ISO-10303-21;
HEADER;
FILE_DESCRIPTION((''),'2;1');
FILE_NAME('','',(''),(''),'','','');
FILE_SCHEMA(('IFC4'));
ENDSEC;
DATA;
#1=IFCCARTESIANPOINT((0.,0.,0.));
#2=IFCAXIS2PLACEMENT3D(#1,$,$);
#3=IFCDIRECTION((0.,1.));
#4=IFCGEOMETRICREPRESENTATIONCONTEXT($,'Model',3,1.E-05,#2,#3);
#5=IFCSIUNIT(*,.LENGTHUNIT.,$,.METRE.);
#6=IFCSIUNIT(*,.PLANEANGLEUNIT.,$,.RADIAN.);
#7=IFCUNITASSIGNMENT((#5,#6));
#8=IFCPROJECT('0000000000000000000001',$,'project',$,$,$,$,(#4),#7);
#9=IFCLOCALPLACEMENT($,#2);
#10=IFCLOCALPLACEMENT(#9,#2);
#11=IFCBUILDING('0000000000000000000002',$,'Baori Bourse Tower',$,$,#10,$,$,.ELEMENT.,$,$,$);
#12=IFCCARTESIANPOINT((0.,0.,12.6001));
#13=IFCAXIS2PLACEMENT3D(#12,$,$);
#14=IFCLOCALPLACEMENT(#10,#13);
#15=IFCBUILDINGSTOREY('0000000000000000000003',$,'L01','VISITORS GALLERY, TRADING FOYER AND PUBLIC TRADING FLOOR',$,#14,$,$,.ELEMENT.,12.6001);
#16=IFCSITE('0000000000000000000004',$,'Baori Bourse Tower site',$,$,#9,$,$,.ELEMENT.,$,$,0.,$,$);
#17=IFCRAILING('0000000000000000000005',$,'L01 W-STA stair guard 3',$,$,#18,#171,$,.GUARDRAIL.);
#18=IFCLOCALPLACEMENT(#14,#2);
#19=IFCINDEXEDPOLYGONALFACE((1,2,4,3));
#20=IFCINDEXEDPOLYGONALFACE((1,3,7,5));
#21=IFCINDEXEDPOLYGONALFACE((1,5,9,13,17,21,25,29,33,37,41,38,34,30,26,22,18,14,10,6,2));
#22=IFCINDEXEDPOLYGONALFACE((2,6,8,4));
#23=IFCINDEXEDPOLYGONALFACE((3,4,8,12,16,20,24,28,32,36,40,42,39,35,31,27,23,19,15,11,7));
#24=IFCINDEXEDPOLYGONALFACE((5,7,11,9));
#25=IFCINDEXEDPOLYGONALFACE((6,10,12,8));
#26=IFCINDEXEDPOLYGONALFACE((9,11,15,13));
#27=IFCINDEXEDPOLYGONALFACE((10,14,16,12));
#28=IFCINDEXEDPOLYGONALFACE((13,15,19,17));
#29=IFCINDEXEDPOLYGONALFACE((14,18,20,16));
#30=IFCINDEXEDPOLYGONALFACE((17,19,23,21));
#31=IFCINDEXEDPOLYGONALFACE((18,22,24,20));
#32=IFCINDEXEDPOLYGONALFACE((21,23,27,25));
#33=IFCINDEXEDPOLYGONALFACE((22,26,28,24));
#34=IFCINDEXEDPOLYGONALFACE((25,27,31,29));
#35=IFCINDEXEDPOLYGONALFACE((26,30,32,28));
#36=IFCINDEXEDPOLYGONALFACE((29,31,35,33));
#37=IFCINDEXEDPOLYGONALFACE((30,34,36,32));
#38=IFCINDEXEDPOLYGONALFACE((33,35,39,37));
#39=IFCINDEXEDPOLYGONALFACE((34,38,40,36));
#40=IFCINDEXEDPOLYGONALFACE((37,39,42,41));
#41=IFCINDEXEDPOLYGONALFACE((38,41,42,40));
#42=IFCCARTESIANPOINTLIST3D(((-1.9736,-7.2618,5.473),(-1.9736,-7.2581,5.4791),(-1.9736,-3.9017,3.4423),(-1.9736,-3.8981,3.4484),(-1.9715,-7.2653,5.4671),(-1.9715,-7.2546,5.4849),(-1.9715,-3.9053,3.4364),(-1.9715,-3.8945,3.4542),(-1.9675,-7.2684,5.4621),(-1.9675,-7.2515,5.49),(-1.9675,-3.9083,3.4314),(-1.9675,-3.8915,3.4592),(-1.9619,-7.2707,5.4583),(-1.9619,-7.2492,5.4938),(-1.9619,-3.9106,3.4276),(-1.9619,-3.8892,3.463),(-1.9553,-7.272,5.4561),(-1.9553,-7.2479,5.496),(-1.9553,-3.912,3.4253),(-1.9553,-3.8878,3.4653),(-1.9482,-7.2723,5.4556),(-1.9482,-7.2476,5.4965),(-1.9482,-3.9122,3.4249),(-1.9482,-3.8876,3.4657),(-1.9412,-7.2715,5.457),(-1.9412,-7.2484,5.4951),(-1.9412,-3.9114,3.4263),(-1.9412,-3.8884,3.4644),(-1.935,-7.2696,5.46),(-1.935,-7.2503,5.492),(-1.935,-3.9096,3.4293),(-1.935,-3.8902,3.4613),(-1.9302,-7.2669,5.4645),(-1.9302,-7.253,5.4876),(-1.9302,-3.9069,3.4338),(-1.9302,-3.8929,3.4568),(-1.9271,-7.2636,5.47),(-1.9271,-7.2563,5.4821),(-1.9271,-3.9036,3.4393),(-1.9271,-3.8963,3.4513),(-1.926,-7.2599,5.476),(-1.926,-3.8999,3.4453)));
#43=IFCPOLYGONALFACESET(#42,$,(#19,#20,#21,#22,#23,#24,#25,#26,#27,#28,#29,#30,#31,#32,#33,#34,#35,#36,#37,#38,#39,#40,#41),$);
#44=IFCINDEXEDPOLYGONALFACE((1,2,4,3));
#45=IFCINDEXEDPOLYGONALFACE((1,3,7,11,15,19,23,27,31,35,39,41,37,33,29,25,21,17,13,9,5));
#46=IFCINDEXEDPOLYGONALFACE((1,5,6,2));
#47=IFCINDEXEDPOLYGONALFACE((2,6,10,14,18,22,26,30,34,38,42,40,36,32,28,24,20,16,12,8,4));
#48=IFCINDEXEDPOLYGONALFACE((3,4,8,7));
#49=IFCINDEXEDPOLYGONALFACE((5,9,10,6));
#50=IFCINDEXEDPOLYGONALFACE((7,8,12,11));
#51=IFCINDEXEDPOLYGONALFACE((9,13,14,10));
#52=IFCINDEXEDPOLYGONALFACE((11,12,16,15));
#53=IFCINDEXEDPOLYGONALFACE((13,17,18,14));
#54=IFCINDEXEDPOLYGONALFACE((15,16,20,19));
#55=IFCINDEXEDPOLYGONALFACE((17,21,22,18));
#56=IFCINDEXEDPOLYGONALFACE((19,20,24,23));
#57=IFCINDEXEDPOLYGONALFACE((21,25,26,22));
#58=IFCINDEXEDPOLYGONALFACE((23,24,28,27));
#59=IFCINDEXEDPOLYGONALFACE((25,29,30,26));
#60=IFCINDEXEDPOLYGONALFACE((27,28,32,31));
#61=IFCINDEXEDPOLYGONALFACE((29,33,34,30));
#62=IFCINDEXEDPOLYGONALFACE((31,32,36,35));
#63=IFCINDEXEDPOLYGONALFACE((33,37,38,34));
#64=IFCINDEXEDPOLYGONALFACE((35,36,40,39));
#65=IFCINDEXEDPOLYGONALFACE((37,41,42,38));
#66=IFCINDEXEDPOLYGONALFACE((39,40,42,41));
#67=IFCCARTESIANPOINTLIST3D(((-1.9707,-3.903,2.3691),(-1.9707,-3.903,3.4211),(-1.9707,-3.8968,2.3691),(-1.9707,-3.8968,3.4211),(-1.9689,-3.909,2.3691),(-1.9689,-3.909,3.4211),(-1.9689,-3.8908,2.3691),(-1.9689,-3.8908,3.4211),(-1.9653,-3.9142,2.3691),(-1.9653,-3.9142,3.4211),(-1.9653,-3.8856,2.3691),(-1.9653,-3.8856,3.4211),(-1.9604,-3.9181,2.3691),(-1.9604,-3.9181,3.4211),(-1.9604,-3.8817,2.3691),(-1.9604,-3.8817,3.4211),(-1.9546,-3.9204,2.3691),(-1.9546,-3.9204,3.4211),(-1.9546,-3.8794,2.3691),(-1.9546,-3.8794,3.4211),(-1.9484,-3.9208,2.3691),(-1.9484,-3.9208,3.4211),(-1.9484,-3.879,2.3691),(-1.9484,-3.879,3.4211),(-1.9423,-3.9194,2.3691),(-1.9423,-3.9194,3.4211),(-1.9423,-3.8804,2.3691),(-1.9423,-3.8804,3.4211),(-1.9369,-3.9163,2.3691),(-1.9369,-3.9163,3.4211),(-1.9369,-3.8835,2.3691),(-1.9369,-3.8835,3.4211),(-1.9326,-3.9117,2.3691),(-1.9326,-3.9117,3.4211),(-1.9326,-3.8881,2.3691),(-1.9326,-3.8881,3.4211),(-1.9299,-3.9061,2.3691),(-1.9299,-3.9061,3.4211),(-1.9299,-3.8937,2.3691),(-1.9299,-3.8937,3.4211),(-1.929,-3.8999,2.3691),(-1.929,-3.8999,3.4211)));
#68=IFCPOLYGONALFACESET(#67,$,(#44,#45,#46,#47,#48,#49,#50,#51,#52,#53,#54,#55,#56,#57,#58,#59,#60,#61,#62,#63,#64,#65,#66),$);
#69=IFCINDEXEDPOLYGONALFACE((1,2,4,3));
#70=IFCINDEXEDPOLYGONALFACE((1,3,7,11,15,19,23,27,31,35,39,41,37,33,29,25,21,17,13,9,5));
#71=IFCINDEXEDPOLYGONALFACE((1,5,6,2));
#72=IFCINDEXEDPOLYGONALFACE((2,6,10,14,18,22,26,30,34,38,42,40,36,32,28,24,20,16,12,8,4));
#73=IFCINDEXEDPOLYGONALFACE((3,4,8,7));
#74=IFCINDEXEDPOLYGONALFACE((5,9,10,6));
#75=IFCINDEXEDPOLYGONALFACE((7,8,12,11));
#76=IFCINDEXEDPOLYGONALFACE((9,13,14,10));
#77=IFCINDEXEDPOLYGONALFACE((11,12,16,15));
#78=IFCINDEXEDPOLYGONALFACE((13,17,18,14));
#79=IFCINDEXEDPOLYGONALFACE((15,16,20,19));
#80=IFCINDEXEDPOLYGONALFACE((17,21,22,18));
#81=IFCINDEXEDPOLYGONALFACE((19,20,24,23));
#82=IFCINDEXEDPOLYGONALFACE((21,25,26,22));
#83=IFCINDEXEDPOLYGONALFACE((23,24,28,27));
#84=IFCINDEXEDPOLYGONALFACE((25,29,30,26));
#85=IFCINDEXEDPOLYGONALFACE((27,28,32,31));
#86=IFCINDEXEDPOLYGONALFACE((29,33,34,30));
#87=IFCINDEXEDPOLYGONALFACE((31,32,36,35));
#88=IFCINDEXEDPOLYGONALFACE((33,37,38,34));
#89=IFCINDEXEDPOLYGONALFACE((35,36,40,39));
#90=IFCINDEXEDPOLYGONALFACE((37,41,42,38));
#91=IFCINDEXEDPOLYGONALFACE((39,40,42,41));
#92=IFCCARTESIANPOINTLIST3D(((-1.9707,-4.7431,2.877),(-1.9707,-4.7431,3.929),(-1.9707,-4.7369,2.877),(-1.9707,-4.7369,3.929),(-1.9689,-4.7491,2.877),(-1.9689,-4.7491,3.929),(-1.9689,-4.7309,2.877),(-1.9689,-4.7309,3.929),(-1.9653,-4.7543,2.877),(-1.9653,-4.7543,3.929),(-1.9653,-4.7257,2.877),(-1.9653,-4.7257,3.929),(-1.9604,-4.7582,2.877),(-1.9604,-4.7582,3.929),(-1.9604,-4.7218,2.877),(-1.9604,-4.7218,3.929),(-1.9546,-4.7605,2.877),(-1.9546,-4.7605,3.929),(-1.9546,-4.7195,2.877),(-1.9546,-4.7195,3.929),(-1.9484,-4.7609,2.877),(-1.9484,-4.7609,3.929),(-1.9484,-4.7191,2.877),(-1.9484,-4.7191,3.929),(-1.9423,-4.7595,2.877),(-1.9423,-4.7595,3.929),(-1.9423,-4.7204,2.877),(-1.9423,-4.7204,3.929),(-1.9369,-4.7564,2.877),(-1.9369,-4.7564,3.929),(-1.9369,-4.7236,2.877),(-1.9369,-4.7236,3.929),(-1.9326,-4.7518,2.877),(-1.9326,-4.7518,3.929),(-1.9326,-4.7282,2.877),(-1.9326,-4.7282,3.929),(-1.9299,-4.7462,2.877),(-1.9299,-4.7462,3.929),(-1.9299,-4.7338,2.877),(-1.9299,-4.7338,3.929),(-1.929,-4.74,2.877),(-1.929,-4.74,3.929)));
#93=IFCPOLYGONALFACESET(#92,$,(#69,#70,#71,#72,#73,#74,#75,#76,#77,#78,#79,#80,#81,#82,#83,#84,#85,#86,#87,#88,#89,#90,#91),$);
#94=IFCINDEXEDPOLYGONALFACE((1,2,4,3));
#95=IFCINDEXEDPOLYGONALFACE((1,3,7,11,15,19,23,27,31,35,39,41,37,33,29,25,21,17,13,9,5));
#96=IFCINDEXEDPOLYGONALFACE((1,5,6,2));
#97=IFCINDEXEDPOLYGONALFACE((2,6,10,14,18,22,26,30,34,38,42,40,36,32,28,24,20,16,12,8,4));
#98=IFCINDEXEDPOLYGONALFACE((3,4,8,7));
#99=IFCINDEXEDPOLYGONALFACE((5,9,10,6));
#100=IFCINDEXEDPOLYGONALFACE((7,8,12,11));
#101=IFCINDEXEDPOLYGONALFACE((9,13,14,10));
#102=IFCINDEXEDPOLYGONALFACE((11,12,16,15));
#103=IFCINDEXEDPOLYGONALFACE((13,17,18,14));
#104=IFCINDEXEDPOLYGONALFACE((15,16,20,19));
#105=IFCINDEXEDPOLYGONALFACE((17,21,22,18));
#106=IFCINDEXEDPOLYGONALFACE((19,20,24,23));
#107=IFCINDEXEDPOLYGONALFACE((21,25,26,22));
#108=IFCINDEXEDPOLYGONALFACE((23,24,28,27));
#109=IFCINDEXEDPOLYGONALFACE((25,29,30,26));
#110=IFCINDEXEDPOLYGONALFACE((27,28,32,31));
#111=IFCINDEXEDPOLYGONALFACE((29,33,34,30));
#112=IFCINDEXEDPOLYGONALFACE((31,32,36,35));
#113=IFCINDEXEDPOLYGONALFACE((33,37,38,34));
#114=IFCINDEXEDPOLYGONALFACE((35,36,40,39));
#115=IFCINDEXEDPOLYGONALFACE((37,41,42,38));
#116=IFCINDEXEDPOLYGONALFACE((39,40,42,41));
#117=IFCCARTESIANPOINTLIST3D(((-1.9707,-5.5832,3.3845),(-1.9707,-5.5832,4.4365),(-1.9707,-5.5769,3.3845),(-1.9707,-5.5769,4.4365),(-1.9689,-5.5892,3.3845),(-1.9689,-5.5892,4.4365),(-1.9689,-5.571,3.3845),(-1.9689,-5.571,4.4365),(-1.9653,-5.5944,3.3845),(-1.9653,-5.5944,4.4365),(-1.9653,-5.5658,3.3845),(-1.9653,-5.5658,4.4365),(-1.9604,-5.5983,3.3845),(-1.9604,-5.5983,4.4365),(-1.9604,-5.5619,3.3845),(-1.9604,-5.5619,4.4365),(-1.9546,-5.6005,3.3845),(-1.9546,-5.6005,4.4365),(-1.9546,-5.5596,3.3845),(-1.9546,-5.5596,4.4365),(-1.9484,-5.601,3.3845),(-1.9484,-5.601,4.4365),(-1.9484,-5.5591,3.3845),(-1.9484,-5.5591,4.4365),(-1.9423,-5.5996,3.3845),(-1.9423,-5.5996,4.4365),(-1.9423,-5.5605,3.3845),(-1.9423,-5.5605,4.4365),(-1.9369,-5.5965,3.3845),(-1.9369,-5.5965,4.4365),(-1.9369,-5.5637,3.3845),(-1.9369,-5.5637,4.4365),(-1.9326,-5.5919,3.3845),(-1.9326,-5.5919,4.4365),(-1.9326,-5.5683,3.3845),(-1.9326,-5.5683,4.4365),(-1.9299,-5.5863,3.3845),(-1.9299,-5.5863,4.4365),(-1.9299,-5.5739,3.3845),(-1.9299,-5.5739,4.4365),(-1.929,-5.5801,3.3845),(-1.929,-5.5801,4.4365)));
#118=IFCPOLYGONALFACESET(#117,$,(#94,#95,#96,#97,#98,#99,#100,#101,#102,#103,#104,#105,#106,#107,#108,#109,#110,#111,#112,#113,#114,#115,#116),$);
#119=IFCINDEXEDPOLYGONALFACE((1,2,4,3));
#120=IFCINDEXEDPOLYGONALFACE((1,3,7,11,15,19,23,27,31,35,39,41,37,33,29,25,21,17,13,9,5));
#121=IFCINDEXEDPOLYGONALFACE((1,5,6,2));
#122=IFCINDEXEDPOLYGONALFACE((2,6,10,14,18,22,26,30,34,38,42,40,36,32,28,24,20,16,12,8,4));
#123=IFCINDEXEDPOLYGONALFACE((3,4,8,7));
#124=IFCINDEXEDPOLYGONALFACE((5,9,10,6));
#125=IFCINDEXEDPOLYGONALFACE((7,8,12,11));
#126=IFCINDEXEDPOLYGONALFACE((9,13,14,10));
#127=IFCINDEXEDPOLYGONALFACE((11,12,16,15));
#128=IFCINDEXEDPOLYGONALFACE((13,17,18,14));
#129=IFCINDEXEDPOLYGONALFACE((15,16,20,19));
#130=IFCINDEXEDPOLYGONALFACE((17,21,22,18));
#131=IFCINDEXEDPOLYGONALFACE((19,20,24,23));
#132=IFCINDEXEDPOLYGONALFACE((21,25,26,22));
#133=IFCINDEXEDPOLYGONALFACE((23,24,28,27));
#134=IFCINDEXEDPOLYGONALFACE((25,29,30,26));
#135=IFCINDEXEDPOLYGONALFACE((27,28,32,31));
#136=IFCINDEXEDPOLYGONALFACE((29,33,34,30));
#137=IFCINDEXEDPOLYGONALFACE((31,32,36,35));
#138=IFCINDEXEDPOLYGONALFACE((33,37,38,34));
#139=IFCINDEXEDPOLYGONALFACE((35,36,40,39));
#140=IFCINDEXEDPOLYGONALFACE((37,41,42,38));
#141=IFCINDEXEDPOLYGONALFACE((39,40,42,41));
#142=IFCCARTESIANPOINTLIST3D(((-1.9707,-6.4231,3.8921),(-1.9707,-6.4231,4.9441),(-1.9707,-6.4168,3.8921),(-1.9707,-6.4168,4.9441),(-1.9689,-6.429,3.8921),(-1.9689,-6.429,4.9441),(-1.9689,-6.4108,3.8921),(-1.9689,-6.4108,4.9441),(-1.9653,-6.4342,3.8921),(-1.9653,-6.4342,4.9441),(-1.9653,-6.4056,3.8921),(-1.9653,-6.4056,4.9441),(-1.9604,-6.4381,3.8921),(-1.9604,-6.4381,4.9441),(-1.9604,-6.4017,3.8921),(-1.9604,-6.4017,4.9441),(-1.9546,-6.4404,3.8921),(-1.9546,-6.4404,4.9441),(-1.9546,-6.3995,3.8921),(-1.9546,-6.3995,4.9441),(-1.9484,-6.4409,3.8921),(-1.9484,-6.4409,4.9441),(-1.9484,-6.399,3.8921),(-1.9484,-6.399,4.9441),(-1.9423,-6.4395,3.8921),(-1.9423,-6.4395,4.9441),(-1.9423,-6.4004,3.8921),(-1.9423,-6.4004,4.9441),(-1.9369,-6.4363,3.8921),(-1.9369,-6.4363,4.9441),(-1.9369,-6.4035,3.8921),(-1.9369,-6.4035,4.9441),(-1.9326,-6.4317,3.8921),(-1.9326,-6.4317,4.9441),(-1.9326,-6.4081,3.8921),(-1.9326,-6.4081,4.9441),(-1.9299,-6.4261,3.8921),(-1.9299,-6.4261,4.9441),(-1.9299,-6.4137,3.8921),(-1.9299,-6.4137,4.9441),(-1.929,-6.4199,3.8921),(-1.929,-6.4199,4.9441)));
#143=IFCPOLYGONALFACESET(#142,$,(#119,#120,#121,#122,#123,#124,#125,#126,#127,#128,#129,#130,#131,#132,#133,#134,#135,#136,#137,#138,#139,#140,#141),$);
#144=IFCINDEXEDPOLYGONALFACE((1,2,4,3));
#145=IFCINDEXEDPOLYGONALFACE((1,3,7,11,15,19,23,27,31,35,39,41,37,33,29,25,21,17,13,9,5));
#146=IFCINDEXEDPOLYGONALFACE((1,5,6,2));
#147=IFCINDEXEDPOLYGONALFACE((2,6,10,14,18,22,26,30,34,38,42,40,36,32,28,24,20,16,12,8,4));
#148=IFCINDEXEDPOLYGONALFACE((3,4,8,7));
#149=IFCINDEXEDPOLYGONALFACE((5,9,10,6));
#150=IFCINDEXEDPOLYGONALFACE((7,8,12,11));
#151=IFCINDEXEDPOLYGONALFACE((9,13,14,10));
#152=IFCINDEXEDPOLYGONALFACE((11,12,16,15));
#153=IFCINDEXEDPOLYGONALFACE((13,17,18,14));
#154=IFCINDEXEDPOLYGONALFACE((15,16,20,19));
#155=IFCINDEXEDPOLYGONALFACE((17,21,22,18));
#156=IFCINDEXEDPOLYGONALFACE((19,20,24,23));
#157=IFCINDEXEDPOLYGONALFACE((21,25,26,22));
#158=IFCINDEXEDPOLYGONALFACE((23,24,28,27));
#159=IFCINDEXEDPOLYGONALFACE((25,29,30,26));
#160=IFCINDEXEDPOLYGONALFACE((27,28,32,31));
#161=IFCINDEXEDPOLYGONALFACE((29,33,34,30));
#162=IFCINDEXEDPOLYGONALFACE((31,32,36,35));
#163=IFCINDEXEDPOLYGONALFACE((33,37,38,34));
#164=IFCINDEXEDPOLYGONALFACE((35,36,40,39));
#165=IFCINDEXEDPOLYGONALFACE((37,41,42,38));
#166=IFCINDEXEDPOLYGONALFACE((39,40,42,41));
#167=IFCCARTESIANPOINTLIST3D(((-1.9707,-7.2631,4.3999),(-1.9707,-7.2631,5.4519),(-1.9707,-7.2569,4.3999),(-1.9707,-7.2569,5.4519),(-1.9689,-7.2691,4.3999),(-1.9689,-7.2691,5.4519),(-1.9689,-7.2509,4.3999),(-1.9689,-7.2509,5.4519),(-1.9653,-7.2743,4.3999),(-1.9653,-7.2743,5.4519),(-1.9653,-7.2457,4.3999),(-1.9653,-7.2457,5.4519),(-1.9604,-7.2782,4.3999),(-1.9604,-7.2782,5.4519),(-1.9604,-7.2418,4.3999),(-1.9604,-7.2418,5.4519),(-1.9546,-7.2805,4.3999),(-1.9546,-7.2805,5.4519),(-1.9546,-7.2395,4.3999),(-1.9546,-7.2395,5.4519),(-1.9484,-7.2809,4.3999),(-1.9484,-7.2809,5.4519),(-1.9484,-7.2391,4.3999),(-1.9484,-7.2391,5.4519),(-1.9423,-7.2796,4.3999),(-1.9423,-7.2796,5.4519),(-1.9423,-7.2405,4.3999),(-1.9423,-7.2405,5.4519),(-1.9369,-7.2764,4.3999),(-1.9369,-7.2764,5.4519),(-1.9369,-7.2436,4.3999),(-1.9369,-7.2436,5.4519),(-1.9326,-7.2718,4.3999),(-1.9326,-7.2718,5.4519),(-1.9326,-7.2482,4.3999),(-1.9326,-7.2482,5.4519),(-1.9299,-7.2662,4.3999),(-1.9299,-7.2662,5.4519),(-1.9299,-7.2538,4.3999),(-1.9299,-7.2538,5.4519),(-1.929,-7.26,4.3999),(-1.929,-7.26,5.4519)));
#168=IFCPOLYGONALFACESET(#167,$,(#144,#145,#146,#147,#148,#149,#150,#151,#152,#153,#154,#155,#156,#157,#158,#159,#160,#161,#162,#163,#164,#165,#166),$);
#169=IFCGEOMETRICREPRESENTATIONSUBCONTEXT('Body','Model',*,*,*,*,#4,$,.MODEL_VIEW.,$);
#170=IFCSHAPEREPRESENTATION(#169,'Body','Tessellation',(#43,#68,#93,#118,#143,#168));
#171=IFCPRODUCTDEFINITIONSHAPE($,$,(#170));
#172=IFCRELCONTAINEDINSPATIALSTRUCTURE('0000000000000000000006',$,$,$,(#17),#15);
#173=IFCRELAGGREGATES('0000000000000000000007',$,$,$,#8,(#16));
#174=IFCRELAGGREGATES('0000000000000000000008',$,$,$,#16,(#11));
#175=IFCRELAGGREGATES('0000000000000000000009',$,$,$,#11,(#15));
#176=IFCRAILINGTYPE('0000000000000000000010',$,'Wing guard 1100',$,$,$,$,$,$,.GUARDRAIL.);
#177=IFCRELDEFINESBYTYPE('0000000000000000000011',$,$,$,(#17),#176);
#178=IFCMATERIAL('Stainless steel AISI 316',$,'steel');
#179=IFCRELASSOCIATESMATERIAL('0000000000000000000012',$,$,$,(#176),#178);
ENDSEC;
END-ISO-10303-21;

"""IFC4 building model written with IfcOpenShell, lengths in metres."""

from ifc_helpers import new_model, si_unit, direction, frame, origin, origin_2d, place, context, subcontext, project, spatial, circle, extrude, material, type_object, element, save


model = new_model("IFC4")

# Units and contexts
model_context = context("Model", 3, precision=1e-05, world=origin(), true_north=direction((0.0, 1.0)))
body_context = subcontext(model_context, "Body", "Model", "MODEL_VIEW")
ifc_project = project(units=[si_unit("LENGTHUNIT", "METRE"), si_unit("PLANEANGLEUNIT", "RADIAN")], contexts=[model_context])

# Site, building, storey
site_placement = place(None, origin())
site = spatial("IfcSite", under=ifc_project, at=site_placement, Name="Baori Bourse Tower site", CompositionType="ELEMENT", RefElevation=0.0)
building_placement = place(site_placement, origin())
building = spatial("IfcBuilding", under=site, at=building_placement, Name="Baori Bourse Tower", CompositionType="ELEMENT")
storey_placement = place(building_placement, frame((0.0, 0.0, 12.6001)))
storey = spatial("IfcBuildingStorey", under=building, at=storey_placement, Name="L01", Description="VISITORS GALLERY, TRADING FOYER AND PUBLIC TRADING FLOOR", CompositionType="ELEMENT", Elevation=12.6001)

# Railing
ifc_material_1 = material(Name="Stainless steel AISI 316", Category="steel")
railing_type_1 = type_object("IfcRailingType", Name="Wing guard 1100", PredefinedType="GUARDRAIL", material=ifc_material_1)
railing_1_placement = place(storey_placement, frame((-1.95, -3.8999, 2.3691)))
element("IfcRailing", 1, at=railing_1_placement, inside=storey, type_object=railing_type_1, Name="L01 W-STA stair guard 3", PredefinedType="GUARDRAIL", context=body_context, shape_type="SweptSolid", body=[
    extrude(circle(Radius=0.0239, at=origin_2d()), frame((0.0, 0.0, 1.0762), z_axis=(0.0, -0.855837, 0.517246), x_axis=(1.0, 0.0, 0.0)), (0.0, 0.0, 1.0), 3.926),
    extrude(circle(Radius=0.021, at=origin_2d()), origin(), (0.0, 0.0, 1.0), 1.052),
    extrude(circle(Radius=0.021, at=origin_2d()), frame((0.0, -0.8401, 0.5078)), (0.0, 0.0, 1.0), 1.052),
    extrude(circle(Radius=0.021, at=origin_2d()), frame((0.0, -1.6802, 1.0154)), (0.0, 0.0, 1.0), 1.052),
    extrude(circle(Radius=0.021, at=origin_2d()), frame((0.0, -2.52, 1.5229)), (0.0, 0.0, 1.0), 1.052),
    extrude(circle(Radius=0.021, at=origin_2d()), frame((0.0, -3.3601, 2.0308)), (0.0, 0.0, 1.0), 1.052),
])

save(model, "model.ifc")
